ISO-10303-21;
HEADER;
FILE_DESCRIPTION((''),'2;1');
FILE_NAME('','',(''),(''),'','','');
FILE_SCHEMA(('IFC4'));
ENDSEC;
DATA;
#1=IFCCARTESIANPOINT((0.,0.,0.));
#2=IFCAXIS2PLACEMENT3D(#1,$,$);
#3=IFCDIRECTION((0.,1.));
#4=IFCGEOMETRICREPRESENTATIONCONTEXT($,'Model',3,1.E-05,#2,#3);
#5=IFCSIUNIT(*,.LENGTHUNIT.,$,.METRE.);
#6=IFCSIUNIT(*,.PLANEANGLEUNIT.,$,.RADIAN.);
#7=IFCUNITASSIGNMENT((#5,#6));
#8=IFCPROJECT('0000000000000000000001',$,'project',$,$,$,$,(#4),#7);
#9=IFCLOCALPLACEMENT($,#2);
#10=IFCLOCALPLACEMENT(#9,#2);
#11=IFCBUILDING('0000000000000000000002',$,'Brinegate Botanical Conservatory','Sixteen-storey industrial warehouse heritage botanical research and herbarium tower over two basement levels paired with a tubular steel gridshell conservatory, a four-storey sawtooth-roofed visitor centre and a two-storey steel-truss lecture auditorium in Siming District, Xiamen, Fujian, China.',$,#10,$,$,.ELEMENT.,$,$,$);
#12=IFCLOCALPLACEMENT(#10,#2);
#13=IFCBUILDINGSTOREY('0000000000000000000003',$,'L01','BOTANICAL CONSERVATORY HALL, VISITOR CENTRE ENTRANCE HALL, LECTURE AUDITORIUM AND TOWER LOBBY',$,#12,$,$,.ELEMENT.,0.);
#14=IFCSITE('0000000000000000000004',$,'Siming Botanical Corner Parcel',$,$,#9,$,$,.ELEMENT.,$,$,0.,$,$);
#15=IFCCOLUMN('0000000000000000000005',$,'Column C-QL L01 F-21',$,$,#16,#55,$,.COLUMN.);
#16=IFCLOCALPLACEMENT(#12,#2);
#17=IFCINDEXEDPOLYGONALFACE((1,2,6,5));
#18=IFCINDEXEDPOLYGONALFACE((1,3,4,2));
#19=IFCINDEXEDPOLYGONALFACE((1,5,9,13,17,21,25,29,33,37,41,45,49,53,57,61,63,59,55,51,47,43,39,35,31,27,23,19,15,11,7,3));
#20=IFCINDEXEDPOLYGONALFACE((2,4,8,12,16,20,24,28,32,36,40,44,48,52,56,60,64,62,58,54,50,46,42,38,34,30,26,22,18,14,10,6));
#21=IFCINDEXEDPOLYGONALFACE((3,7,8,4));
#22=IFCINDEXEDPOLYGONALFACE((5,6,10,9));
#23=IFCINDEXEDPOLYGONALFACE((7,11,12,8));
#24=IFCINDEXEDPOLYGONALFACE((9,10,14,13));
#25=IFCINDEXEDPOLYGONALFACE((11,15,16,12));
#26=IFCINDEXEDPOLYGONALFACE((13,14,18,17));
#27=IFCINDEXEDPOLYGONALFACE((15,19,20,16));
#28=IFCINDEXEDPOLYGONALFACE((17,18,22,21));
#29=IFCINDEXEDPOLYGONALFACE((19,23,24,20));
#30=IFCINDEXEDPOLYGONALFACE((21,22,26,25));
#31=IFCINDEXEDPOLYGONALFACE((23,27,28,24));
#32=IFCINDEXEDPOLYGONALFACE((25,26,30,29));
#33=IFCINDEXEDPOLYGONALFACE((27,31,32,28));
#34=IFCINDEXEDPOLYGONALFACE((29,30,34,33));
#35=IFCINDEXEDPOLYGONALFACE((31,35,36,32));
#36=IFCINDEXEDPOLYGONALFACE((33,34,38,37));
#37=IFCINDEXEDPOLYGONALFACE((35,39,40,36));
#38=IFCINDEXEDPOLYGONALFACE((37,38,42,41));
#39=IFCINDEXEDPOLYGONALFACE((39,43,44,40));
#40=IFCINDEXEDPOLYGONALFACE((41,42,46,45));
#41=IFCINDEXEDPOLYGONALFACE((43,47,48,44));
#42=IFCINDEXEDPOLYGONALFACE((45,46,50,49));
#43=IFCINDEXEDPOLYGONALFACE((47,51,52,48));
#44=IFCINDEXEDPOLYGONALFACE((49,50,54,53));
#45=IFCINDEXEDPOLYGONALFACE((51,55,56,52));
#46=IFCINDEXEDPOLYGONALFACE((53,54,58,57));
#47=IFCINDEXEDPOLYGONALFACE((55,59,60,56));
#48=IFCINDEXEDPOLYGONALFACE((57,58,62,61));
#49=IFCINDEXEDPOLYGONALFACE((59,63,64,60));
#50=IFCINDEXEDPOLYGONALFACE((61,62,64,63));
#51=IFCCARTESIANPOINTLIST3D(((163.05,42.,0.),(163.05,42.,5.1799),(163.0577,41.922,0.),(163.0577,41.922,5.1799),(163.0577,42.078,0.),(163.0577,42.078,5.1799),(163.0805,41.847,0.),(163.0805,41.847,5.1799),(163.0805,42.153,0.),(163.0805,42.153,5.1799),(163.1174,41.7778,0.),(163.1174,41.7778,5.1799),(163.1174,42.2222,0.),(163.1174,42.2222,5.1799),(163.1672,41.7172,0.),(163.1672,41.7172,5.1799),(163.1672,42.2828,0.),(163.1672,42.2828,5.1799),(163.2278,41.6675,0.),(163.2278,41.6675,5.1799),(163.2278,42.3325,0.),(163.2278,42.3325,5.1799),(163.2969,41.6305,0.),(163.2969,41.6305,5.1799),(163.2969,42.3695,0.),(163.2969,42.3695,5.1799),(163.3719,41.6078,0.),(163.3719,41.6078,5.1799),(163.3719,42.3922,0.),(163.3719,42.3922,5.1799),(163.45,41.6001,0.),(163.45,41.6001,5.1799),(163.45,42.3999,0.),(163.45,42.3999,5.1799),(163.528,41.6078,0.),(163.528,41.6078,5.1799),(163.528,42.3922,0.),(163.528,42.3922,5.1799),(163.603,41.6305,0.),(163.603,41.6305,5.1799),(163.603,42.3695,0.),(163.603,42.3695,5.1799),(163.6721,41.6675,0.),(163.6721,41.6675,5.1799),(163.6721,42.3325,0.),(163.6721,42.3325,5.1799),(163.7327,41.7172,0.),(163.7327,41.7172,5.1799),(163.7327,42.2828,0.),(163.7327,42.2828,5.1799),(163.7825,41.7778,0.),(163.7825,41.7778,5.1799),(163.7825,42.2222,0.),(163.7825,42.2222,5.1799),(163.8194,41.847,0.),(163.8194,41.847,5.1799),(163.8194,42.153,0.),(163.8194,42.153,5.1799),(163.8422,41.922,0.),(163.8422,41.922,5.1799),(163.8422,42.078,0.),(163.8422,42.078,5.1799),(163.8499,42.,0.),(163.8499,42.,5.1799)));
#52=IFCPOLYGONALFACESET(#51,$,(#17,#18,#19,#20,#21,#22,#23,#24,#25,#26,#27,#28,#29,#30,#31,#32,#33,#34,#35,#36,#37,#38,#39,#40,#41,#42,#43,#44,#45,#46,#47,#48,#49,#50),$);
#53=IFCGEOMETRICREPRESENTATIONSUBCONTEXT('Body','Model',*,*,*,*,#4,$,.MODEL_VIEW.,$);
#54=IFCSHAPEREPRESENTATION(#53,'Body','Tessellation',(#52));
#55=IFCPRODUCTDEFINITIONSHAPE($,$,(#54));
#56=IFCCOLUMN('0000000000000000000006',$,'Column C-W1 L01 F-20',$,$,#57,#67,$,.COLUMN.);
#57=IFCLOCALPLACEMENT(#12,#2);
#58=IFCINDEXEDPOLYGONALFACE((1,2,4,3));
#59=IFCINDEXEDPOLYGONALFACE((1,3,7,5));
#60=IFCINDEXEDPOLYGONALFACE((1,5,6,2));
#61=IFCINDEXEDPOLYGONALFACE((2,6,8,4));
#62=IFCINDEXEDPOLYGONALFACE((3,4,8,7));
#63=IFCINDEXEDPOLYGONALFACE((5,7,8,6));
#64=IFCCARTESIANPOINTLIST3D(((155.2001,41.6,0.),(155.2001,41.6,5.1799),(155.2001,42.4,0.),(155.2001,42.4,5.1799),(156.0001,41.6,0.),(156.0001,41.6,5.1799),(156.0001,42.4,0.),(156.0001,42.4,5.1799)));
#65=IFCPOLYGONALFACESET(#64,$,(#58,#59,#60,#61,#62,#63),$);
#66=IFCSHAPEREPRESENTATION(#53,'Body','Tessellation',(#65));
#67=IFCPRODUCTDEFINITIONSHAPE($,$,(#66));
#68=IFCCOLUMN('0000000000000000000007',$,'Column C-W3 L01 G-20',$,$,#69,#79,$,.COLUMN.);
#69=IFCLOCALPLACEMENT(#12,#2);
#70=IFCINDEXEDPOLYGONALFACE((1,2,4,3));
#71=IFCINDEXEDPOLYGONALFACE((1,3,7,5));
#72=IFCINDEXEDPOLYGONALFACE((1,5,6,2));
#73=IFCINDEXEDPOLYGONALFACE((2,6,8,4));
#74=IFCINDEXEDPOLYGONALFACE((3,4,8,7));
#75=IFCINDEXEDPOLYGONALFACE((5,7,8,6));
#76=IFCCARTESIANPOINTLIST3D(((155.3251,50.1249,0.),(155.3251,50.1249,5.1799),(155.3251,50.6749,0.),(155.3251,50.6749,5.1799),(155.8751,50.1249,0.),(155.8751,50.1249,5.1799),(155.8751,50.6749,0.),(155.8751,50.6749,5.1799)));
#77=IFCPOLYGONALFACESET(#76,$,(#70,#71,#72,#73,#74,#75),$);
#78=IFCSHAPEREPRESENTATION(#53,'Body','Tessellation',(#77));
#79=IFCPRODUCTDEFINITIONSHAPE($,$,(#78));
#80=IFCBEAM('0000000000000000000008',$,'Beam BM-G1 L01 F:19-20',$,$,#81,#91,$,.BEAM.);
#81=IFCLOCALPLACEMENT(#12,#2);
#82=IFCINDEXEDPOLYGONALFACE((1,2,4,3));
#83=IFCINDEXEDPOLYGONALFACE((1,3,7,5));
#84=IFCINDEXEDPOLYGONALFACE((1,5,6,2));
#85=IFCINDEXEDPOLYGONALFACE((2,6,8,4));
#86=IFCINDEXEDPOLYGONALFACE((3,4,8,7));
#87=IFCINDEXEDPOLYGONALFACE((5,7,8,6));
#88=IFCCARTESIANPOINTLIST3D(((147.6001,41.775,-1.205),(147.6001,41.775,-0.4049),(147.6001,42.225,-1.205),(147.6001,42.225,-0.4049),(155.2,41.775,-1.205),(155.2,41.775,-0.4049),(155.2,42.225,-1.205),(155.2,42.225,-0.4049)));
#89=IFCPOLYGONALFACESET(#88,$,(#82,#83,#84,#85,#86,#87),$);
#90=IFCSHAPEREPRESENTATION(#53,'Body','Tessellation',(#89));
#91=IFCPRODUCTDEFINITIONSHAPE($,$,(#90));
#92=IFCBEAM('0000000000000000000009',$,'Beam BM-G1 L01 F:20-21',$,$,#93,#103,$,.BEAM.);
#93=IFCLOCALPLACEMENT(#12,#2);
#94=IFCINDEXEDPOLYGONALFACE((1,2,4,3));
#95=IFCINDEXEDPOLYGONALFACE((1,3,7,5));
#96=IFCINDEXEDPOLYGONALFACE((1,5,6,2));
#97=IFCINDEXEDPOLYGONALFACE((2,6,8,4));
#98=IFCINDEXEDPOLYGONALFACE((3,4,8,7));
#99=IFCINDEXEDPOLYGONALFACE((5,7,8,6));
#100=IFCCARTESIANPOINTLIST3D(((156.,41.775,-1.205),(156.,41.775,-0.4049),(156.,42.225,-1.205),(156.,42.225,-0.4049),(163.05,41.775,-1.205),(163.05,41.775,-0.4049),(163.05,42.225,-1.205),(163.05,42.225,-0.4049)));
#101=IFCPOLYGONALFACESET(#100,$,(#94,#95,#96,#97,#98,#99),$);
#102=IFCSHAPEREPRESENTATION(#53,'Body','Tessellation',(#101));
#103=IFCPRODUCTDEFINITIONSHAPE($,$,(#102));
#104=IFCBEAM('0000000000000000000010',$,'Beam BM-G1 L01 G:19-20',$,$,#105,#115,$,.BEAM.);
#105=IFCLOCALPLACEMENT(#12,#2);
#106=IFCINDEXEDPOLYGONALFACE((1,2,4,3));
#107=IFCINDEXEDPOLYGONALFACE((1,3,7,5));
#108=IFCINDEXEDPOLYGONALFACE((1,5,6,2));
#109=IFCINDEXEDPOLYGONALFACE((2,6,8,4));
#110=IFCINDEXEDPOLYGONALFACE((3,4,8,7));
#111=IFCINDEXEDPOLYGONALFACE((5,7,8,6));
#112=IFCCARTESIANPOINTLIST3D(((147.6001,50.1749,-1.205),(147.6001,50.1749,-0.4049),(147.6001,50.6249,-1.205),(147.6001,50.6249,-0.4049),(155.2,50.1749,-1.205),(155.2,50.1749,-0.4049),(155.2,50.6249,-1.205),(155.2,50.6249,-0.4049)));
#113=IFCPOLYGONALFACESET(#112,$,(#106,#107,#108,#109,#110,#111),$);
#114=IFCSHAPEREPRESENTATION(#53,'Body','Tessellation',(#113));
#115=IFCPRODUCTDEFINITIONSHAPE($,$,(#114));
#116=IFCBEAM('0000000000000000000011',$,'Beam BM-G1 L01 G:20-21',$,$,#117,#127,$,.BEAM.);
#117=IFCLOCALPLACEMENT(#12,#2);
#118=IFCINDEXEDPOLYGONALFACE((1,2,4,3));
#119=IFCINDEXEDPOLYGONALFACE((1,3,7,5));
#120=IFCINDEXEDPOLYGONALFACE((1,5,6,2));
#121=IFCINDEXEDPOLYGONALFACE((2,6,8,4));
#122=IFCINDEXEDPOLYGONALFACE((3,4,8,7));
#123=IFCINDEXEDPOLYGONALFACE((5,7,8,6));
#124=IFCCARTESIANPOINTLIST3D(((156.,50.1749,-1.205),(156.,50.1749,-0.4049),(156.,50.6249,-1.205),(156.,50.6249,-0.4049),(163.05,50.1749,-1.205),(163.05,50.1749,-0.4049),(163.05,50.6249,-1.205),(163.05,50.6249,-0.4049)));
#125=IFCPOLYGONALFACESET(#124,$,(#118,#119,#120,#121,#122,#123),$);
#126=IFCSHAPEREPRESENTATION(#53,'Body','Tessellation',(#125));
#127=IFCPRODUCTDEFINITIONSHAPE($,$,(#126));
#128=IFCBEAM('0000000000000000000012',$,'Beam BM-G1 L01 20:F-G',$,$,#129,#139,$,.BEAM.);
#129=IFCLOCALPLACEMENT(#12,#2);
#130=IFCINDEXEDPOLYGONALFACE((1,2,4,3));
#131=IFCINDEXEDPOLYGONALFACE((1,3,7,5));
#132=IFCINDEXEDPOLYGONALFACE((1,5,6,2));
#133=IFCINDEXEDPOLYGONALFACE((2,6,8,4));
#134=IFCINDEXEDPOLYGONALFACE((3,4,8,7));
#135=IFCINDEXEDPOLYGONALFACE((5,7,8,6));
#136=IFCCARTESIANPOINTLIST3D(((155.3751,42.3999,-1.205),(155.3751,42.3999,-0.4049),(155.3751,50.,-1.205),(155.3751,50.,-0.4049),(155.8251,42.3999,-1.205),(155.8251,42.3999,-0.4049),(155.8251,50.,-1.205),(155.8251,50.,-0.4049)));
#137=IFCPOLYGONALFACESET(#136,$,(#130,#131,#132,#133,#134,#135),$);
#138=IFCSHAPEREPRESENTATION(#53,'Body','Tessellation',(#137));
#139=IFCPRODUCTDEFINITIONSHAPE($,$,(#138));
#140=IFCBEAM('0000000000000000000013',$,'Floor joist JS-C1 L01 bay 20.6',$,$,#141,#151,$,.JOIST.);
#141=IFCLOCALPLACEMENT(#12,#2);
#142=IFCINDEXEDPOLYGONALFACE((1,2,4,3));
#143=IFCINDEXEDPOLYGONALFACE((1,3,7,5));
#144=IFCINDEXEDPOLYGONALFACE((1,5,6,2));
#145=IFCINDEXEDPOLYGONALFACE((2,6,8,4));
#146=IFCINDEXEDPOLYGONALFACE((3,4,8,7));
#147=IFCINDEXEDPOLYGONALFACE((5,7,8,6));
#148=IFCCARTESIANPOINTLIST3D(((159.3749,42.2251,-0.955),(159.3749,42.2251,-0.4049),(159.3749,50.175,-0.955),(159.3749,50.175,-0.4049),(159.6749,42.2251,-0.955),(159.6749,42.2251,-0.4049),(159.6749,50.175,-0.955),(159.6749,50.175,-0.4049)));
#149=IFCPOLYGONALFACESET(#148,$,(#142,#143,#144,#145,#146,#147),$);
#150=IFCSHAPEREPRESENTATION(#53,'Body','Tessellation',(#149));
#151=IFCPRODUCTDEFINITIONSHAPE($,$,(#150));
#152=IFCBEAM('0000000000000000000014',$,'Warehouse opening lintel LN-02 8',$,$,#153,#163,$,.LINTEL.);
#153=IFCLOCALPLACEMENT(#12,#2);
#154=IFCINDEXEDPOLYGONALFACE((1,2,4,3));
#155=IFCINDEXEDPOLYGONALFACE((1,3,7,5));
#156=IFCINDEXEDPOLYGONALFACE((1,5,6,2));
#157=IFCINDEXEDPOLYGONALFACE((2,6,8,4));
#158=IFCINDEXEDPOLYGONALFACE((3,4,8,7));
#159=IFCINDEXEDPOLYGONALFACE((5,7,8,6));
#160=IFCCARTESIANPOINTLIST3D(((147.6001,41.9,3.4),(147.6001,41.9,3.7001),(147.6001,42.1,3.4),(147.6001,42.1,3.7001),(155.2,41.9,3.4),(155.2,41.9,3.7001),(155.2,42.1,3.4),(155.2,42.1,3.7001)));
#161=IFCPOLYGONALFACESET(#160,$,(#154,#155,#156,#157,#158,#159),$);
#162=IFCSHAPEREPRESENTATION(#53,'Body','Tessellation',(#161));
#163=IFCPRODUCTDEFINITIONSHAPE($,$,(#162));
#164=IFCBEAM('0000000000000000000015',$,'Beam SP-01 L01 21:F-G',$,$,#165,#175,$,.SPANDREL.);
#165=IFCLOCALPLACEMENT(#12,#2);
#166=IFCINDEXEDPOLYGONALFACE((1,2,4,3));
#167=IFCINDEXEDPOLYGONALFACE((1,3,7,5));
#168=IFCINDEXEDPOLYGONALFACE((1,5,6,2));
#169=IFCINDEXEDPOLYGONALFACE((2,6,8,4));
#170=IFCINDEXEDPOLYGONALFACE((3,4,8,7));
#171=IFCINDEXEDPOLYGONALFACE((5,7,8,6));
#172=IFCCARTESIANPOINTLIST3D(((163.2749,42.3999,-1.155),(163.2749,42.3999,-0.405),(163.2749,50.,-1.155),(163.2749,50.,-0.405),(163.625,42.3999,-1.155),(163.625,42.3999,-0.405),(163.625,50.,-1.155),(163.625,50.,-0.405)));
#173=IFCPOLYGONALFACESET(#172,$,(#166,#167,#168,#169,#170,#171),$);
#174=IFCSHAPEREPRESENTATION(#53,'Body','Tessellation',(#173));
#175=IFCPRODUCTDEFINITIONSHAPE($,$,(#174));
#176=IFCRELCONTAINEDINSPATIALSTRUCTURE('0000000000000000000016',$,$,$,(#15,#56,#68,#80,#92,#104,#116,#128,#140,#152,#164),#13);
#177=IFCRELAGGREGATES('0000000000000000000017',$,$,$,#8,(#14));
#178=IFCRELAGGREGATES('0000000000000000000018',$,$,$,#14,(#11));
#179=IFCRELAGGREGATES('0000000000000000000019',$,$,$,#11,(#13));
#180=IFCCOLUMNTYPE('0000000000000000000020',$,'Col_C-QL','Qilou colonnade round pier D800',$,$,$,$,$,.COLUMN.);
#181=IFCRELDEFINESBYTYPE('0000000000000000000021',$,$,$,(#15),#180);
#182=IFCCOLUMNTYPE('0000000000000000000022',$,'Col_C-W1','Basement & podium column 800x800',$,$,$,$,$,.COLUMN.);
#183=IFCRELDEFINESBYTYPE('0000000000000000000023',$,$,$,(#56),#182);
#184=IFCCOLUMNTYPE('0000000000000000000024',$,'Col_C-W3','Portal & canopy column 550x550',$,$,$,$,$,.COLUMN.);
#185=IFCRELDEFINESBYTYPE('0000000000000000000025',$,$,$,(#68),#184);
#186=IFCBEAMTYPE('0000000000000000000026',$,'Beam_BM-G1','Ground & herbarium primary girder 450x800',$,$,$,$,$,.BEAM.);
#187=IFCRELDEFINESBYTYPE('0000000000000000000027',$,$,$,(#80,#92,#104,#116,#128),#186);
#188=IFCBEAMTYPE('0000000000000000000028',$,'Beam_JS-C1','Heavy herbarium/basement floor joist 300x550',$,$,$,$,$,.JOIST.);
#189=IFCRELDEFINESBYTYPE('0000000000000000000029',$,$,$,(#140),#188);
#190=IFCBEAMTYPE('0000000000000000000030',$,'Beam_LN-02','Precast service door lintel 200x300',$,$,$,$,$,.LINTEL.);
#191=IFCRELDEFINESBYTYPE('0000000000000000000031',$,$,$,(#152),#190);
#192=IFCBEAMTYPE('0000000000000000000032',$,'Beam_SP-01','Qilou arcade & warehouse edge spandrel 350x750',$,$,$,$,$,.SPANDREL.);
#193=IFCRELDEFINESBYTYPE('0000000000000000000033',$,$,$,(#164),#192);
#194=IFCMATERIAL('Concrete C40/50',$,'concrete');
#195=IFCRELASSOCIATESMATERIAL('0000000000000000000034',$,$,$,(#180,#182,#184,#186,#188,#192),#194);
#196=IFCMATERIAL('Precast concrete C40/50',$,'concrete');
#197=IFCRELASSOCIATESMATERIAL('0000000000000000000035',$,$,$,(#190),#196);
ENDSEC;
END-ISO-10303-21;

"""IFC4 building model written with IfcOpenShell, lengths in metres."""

from ifc_helpers import new_model, si_unit, direction, frame, origin, origin_2d, place, context, subcontext, project, spatial, rectangle, circle, extrude, material, material_profile, profile_set, type_object, element, save


model = new_model("IFC4")

# Units and contexts
model_context = context("Model", 3, precision=1e-05, world=origin(), true_north=direction((0.0, 1.0)))
body_context = subcontext(model_context, "Body", "Model", "MODEL_VIEW")
ifc_project = project(units=[si_unit("LENGTHUNIT", "METRE"), si_unit("PLANEANGLEUNIT", "RADIAN")], contexts=[model_context])

# Site, building, storey
site_placement = place(None, origin())
site = spatial("IfcSite", under=ifc_project, at=site_placement, Name="Siming Botanical Corner Parcel", CompositionType="ELEMENT", RefElevation=0.0)
building_placement = place(site_placement, origin())
building = spatial("IfcBuilding", under=site, at=building_placement, Name="Brinegate Botanical Conservatory", Description="Sixteen-storey industrial warehouse heritage botanical research and herbarium tower over two basement levels paired with a tubular steel gridshell conservatory, a four-storey sawtooth-roofed visitor centre and a two-storey steel-truss lecture auditorium in Siming District, Xiamen, Fujian, China.", CompositionType="ELEMENT")
storey_placement = place(building_placement, origin())
storey = spatial("IfcBuildingStorey", under=building, at=storey_placement, Name="L01", Description="BOTANICAL CONSERVATORY HALL, VISITOR CENTRE ENTRANCE HALL, LECTURE AUDITORIUM AND TOWER LOBBY", CompositionType="ELEMENT", Elevation=0.0)

# Columns
ifc_material_1 = material(Name="Concrete C40/50", Category="concrete")
ifc_material_profile_1 = material_profile(ifc_material_1, circle(Radius=0.3999, at=origin_2d()), Name="RC COL D800")
ifc_profile_set_1 = profile_set([ifc_material_profile_1], Name="Concrete C40/50")
column_type_1 = type_object("IfcColumnType", Name="Col_C-QL", Description="Qilou colonnade round pier D800", PredefinedType="COLUMN", material=ifc_profile_set_1)
column_1_placement = place(storey_placement, frame((163.45, 42.0, 0.0), z_axis=(0.0, 0.0, 1.0), x_axis=(1.0, 0.0, 0.0)))
element("IfcColumn", 1, at=column_1_placement, inside=storey, type_object=column_type_1, Name="Column C-QL L01 F-21", PredefinedType="COLUMN", context=body_context, shape_type="SweptSolid", body=[
    extrude(circle(Radius=0.3999, at=origin_2d()), origin(), (0.0, 0.0, 1.0), 5.1799),
])
ifc_material_profile_2 = material_profile(ifc_material_1, rectangle(XDim=0.8, YDim=0.8, at=origin_2d()), Name="RC COL 800x800")
ifc_profile_set_2 = profile_set([ifc_material_profile_2], Name="Concrete C40/50")
column_type_2 = type_object("IfcColumnType", Name="Col_C-W1", Description="Basement & podium column 800x800", PredefinedType="COLUMN", material=ifc_profile_set_2)
column_2_placement = place(storey_placement, frame((155.6001, 42.0, 0.0), z_axis=(0.0, 0.0, 1.0), x_axis=(1.0, 0.0, 0.0)))
element("IfcColumn", 2, at=column_2_placement, inside=storey, type_object=column_type_2, Name="Column C-W1 L01 F-20", PredefinedType="COLUMN", context=body_context, shape_type="SweptSolid", body=[
    extrude(rectangle(XDim=0.8, YDim=0.8, at=origin_2d()), origin(), (0.0, 0.0, 1.0), 5.1799),
])
ifc_material_profile_3 = material_profile(ifc_material_1, rectangle(XDim=0.55, YDim=0.55, at=origin_2d()), Name="RC COL 550x550")
ifc_profile_set_3 = profile_set([ifc_material_profile_3], Name="Concrete C40/50")
column_type_3 = type_object("IfcColumnType", Name="Col_C-W3", Description="Portal & canopy column 550x550", PredefinedType="COLUMN", material=ifc_profile_set_3)
column_3_placement = place(storey_placement, frame((155.6001, 50.3999, 0.0), z_axis=(0.0, 0.0, 1.0), x_axis=(1.0, 0.0, 0.0)))
element("IfcColumn", 3, at=column_3_placement, inside=storey, type_object=column_type_3, Name="Column C-W3 L01 G-20", PredefinedType="COLUMN", context=body_context, shape_type="SweptSolid", body=[
    extrude(rectangle(XDim=0.55, YDim=0.55, at=origin_2d()), origin(), (0.0, 0.0, 1.0), 5.1799),
])

# Beams
ifc_material_profile_4 = material_profile(ifc_material_1, rectangle(XDim=0.45, YDim=0.8, at=origin_2d()), Name="RC BM 450x800")
ifc_profile_set_4 = profile_set([ifc_material_profile_4], Name="Concrete C40/50")
beam_type_1 = type_object("IfcBeamType", Name="Beam_BM-G1", Description="Ground & herbarium primary girder 450x800", PredefinedType="BEAM", material=ifc_profile_set_4)
beam_1_placement = place(storey_placement, frame((147.6001, 42.0, -0.8049), z_axis=(1.0, 0.0, 0.0), x_axis=(0.0, 1.0, 0.0)))
element("IfcBeam", 4, at=beam_1_placement, inside=storey, type_object=beam_type_1, Name="Beam BM-G1 L01 F:19-20", PredefinedType="BEAM", context=body_context, shape_type="SweptSolid", body=[
    extrude(rectangle(XDim=0.45, YDim=0.8, at=origin_2d()), origin(), (0.0, 0.0, 1.0), 7.5999),
])
beam_2_placement = place(storey_placement, frame((156.0, 42.0, -0.8049), z_axis=(1.0, 0.0, 0.0), x_axis=(0.0, 1.0, 0.0)))
element("IfcBeam", 5, at=beam_2_placement, inside=storey, type_object=beam_type_1, Name="Beam BM-G1 L01 F:20-21", PredefinedType="BEAM", context=body_context, shape_type="SweptSolid", body=[
    extrude(rectangle(XDim=0.45, YDim=0.8, at=origin_2d()), origin(), (0.0, 0.0, 1.0), 7.05),
])
beam_3_placement = place(storey_placement, frame((147.6001, 50.3999, -0.8049), z_axis=(1.0, 0.0, 0.0), x_axis=(0.0, 1.0, 0.0)))
element("IfcBeam", 6, at=beam_3_placement, inside=storey, type_object=beam_type_1, Name="Beam BM-G1 L01 G:19-20", PredefinedType="BEAM", context=body_context, shape_type="SweptSolid", body=[
    extrude(rectangle(XDim=0.45, YDim=0.8, at=origin_2d()), origin(), (0.0, 0.0, 1.0), 7.5999),
])
beam_4_placement = place(storey_placement, frame((156.0, 50.3999, -0.8049), z_axis=(1.0, 0.0, 0.0), x_axis=(0.0, 1.0, 0.0)))
element("IfcBeam", 7, at=beam_4_placement, inside=storey, type_object=beam_type_1, Name="Beam BM-G1 L01 G:20-21", PredefinedType="BEAM", context=body_context, shape_type="SweptSolid", body=[
    extrude(rectangle(XDim=0.45, YDim=0.8, at=origin_2d()), origin(), (0.0, 0.0, 1.0), 7.05),
])
beam_5_placement = place(storey_placement, frame((155.6001, 42.3999, -0.8049), z_axis=(0.0, 1.0, 0.0), x_axis=(-1.0, 0.0, 0.0)))
element("IfcBeam", 8, at=beam_5_placement, inside=storey, type_object=beam_type_1, Name="Beam BM-G1 L01 20:F-G", PredefinedType="BEAM", context=body_context, shape_type="SweptSolid", body=[
    extrude(rectangle(XDim=0.45, YDim=0.8, at=origin_2d()), origin(), (0.0, 0.0, 1.0), 7.6001),
])
ifc_material_profile_5 = material_profile(ifc_material_1, rectangle(XDim=0.3, YDim=0.55, at=origin_2d()), Name="RC JST 300x550")
ifc_profile_set_5 = profile_set([ifc_material_profile_5], Name="Concrete C40/50")
beam_type_2 = type_object("IfcBeamType", Name="Beam_JS-C1", Description="Heavy herbarium/basement floor joist 300x550", PredefinedType="JOIST", material=ifc_profile_set_5)
beam_6_placement = place(storey_placement, frame((159.5249, 42.2251, -0.6799), z_axis=(0.0, 1.0, 0.0), x_axis=(-1.0, 0.0, 0.0)))
element("IfcBeam", 9, at=beam_6_placement, inside=storey, type_object=beam_type_2, Name="Floor joist JS-C1 L01 bay 20.6", PredefinedType="JOIST", context=body_context, shape_type="SweptSolid", body=[
    extrude(rectangle(XDim=0.3, YDim=0.55, at=origin_2d()), origin(), (0.0, 0.0, 1.0), 7.95),
])
ifc_material_2 = material(Name="Precast concrete C40/50", Category="concrete")
ifc_material_profile_6 = material_profile(ifc_material_2, rectangle(XDim=0.2, YDim=0.3, at=origin_2d()), Name="RC LNT 200x300")
ifc_profile_set_6 = profile_set([ifc_material_profile_6], Name="Precast concrete C40/50")
beam_type_3 = type_object("IfcBeamType", Name="Beam_LN-02", Description="Precast service door lintel 200x300", PredefinedType="LINTEL", material=ifc_profile_set_6)
beam_7_placement = place(storey_placement, frame((147.6001, 42.0, 3.55), z_axis=(1.0, 0.0, 0.0), x_axis=(0.0, 1.0, 0.0)))
element("IfcBeam", 10, at=beam_7_placement, inside=storey, type_object=beam_type_3, Name="Warehouse opening lintel LN-02 8", PredefinedType="LINTEL", context=body_context, shape_type="SweptSolid", body=[
    extrude(rectangle(XDim=0.2, YDim=0.3, at=origin_2d()), origin(), (0.0, 0.0, 1.0), 7.5999),
])
ifc_material_profile_7 = material_profile(ifc_material_1, rectangle(XDim=0.3501, YDim=0.75, at=origin_2d()), Name="RC SPN 350x750")
ifc_profile_set_7 = profile_set([ifc_material_profile_7], Name="Concrete C40/50")
beam_type_4 = type_object("IfcBeamType", Name="Beam_SP-01", Description="Qilou arcade & warehouse edge spandrel 350x750", PredefinedType="SPANDREL", material=ifc_profile_set_7)
beam_8_placement = place(storey_placement, frame((163.45, 42.3999, -0.78), z_axis=(0.0, 1.0, 0.0), x_axis=(-1.0, 0.0, 0.0)))
element("IfcBeam", 11, at=beam_8_placement, inside=storey, type_object=beam_type_4, Name="Beam SP-01 L01 21:F-G", PredefinedType="SPANDREL", context=body_context, shape_type="SweptSolid", body=[
    extrude(rectangle(XDim=0.3501, YDim=0.75, at=origin_2d()), origin(), (0.0, 0.0, 1.0), 7.6001),
])

save(model, "model.ifc")
